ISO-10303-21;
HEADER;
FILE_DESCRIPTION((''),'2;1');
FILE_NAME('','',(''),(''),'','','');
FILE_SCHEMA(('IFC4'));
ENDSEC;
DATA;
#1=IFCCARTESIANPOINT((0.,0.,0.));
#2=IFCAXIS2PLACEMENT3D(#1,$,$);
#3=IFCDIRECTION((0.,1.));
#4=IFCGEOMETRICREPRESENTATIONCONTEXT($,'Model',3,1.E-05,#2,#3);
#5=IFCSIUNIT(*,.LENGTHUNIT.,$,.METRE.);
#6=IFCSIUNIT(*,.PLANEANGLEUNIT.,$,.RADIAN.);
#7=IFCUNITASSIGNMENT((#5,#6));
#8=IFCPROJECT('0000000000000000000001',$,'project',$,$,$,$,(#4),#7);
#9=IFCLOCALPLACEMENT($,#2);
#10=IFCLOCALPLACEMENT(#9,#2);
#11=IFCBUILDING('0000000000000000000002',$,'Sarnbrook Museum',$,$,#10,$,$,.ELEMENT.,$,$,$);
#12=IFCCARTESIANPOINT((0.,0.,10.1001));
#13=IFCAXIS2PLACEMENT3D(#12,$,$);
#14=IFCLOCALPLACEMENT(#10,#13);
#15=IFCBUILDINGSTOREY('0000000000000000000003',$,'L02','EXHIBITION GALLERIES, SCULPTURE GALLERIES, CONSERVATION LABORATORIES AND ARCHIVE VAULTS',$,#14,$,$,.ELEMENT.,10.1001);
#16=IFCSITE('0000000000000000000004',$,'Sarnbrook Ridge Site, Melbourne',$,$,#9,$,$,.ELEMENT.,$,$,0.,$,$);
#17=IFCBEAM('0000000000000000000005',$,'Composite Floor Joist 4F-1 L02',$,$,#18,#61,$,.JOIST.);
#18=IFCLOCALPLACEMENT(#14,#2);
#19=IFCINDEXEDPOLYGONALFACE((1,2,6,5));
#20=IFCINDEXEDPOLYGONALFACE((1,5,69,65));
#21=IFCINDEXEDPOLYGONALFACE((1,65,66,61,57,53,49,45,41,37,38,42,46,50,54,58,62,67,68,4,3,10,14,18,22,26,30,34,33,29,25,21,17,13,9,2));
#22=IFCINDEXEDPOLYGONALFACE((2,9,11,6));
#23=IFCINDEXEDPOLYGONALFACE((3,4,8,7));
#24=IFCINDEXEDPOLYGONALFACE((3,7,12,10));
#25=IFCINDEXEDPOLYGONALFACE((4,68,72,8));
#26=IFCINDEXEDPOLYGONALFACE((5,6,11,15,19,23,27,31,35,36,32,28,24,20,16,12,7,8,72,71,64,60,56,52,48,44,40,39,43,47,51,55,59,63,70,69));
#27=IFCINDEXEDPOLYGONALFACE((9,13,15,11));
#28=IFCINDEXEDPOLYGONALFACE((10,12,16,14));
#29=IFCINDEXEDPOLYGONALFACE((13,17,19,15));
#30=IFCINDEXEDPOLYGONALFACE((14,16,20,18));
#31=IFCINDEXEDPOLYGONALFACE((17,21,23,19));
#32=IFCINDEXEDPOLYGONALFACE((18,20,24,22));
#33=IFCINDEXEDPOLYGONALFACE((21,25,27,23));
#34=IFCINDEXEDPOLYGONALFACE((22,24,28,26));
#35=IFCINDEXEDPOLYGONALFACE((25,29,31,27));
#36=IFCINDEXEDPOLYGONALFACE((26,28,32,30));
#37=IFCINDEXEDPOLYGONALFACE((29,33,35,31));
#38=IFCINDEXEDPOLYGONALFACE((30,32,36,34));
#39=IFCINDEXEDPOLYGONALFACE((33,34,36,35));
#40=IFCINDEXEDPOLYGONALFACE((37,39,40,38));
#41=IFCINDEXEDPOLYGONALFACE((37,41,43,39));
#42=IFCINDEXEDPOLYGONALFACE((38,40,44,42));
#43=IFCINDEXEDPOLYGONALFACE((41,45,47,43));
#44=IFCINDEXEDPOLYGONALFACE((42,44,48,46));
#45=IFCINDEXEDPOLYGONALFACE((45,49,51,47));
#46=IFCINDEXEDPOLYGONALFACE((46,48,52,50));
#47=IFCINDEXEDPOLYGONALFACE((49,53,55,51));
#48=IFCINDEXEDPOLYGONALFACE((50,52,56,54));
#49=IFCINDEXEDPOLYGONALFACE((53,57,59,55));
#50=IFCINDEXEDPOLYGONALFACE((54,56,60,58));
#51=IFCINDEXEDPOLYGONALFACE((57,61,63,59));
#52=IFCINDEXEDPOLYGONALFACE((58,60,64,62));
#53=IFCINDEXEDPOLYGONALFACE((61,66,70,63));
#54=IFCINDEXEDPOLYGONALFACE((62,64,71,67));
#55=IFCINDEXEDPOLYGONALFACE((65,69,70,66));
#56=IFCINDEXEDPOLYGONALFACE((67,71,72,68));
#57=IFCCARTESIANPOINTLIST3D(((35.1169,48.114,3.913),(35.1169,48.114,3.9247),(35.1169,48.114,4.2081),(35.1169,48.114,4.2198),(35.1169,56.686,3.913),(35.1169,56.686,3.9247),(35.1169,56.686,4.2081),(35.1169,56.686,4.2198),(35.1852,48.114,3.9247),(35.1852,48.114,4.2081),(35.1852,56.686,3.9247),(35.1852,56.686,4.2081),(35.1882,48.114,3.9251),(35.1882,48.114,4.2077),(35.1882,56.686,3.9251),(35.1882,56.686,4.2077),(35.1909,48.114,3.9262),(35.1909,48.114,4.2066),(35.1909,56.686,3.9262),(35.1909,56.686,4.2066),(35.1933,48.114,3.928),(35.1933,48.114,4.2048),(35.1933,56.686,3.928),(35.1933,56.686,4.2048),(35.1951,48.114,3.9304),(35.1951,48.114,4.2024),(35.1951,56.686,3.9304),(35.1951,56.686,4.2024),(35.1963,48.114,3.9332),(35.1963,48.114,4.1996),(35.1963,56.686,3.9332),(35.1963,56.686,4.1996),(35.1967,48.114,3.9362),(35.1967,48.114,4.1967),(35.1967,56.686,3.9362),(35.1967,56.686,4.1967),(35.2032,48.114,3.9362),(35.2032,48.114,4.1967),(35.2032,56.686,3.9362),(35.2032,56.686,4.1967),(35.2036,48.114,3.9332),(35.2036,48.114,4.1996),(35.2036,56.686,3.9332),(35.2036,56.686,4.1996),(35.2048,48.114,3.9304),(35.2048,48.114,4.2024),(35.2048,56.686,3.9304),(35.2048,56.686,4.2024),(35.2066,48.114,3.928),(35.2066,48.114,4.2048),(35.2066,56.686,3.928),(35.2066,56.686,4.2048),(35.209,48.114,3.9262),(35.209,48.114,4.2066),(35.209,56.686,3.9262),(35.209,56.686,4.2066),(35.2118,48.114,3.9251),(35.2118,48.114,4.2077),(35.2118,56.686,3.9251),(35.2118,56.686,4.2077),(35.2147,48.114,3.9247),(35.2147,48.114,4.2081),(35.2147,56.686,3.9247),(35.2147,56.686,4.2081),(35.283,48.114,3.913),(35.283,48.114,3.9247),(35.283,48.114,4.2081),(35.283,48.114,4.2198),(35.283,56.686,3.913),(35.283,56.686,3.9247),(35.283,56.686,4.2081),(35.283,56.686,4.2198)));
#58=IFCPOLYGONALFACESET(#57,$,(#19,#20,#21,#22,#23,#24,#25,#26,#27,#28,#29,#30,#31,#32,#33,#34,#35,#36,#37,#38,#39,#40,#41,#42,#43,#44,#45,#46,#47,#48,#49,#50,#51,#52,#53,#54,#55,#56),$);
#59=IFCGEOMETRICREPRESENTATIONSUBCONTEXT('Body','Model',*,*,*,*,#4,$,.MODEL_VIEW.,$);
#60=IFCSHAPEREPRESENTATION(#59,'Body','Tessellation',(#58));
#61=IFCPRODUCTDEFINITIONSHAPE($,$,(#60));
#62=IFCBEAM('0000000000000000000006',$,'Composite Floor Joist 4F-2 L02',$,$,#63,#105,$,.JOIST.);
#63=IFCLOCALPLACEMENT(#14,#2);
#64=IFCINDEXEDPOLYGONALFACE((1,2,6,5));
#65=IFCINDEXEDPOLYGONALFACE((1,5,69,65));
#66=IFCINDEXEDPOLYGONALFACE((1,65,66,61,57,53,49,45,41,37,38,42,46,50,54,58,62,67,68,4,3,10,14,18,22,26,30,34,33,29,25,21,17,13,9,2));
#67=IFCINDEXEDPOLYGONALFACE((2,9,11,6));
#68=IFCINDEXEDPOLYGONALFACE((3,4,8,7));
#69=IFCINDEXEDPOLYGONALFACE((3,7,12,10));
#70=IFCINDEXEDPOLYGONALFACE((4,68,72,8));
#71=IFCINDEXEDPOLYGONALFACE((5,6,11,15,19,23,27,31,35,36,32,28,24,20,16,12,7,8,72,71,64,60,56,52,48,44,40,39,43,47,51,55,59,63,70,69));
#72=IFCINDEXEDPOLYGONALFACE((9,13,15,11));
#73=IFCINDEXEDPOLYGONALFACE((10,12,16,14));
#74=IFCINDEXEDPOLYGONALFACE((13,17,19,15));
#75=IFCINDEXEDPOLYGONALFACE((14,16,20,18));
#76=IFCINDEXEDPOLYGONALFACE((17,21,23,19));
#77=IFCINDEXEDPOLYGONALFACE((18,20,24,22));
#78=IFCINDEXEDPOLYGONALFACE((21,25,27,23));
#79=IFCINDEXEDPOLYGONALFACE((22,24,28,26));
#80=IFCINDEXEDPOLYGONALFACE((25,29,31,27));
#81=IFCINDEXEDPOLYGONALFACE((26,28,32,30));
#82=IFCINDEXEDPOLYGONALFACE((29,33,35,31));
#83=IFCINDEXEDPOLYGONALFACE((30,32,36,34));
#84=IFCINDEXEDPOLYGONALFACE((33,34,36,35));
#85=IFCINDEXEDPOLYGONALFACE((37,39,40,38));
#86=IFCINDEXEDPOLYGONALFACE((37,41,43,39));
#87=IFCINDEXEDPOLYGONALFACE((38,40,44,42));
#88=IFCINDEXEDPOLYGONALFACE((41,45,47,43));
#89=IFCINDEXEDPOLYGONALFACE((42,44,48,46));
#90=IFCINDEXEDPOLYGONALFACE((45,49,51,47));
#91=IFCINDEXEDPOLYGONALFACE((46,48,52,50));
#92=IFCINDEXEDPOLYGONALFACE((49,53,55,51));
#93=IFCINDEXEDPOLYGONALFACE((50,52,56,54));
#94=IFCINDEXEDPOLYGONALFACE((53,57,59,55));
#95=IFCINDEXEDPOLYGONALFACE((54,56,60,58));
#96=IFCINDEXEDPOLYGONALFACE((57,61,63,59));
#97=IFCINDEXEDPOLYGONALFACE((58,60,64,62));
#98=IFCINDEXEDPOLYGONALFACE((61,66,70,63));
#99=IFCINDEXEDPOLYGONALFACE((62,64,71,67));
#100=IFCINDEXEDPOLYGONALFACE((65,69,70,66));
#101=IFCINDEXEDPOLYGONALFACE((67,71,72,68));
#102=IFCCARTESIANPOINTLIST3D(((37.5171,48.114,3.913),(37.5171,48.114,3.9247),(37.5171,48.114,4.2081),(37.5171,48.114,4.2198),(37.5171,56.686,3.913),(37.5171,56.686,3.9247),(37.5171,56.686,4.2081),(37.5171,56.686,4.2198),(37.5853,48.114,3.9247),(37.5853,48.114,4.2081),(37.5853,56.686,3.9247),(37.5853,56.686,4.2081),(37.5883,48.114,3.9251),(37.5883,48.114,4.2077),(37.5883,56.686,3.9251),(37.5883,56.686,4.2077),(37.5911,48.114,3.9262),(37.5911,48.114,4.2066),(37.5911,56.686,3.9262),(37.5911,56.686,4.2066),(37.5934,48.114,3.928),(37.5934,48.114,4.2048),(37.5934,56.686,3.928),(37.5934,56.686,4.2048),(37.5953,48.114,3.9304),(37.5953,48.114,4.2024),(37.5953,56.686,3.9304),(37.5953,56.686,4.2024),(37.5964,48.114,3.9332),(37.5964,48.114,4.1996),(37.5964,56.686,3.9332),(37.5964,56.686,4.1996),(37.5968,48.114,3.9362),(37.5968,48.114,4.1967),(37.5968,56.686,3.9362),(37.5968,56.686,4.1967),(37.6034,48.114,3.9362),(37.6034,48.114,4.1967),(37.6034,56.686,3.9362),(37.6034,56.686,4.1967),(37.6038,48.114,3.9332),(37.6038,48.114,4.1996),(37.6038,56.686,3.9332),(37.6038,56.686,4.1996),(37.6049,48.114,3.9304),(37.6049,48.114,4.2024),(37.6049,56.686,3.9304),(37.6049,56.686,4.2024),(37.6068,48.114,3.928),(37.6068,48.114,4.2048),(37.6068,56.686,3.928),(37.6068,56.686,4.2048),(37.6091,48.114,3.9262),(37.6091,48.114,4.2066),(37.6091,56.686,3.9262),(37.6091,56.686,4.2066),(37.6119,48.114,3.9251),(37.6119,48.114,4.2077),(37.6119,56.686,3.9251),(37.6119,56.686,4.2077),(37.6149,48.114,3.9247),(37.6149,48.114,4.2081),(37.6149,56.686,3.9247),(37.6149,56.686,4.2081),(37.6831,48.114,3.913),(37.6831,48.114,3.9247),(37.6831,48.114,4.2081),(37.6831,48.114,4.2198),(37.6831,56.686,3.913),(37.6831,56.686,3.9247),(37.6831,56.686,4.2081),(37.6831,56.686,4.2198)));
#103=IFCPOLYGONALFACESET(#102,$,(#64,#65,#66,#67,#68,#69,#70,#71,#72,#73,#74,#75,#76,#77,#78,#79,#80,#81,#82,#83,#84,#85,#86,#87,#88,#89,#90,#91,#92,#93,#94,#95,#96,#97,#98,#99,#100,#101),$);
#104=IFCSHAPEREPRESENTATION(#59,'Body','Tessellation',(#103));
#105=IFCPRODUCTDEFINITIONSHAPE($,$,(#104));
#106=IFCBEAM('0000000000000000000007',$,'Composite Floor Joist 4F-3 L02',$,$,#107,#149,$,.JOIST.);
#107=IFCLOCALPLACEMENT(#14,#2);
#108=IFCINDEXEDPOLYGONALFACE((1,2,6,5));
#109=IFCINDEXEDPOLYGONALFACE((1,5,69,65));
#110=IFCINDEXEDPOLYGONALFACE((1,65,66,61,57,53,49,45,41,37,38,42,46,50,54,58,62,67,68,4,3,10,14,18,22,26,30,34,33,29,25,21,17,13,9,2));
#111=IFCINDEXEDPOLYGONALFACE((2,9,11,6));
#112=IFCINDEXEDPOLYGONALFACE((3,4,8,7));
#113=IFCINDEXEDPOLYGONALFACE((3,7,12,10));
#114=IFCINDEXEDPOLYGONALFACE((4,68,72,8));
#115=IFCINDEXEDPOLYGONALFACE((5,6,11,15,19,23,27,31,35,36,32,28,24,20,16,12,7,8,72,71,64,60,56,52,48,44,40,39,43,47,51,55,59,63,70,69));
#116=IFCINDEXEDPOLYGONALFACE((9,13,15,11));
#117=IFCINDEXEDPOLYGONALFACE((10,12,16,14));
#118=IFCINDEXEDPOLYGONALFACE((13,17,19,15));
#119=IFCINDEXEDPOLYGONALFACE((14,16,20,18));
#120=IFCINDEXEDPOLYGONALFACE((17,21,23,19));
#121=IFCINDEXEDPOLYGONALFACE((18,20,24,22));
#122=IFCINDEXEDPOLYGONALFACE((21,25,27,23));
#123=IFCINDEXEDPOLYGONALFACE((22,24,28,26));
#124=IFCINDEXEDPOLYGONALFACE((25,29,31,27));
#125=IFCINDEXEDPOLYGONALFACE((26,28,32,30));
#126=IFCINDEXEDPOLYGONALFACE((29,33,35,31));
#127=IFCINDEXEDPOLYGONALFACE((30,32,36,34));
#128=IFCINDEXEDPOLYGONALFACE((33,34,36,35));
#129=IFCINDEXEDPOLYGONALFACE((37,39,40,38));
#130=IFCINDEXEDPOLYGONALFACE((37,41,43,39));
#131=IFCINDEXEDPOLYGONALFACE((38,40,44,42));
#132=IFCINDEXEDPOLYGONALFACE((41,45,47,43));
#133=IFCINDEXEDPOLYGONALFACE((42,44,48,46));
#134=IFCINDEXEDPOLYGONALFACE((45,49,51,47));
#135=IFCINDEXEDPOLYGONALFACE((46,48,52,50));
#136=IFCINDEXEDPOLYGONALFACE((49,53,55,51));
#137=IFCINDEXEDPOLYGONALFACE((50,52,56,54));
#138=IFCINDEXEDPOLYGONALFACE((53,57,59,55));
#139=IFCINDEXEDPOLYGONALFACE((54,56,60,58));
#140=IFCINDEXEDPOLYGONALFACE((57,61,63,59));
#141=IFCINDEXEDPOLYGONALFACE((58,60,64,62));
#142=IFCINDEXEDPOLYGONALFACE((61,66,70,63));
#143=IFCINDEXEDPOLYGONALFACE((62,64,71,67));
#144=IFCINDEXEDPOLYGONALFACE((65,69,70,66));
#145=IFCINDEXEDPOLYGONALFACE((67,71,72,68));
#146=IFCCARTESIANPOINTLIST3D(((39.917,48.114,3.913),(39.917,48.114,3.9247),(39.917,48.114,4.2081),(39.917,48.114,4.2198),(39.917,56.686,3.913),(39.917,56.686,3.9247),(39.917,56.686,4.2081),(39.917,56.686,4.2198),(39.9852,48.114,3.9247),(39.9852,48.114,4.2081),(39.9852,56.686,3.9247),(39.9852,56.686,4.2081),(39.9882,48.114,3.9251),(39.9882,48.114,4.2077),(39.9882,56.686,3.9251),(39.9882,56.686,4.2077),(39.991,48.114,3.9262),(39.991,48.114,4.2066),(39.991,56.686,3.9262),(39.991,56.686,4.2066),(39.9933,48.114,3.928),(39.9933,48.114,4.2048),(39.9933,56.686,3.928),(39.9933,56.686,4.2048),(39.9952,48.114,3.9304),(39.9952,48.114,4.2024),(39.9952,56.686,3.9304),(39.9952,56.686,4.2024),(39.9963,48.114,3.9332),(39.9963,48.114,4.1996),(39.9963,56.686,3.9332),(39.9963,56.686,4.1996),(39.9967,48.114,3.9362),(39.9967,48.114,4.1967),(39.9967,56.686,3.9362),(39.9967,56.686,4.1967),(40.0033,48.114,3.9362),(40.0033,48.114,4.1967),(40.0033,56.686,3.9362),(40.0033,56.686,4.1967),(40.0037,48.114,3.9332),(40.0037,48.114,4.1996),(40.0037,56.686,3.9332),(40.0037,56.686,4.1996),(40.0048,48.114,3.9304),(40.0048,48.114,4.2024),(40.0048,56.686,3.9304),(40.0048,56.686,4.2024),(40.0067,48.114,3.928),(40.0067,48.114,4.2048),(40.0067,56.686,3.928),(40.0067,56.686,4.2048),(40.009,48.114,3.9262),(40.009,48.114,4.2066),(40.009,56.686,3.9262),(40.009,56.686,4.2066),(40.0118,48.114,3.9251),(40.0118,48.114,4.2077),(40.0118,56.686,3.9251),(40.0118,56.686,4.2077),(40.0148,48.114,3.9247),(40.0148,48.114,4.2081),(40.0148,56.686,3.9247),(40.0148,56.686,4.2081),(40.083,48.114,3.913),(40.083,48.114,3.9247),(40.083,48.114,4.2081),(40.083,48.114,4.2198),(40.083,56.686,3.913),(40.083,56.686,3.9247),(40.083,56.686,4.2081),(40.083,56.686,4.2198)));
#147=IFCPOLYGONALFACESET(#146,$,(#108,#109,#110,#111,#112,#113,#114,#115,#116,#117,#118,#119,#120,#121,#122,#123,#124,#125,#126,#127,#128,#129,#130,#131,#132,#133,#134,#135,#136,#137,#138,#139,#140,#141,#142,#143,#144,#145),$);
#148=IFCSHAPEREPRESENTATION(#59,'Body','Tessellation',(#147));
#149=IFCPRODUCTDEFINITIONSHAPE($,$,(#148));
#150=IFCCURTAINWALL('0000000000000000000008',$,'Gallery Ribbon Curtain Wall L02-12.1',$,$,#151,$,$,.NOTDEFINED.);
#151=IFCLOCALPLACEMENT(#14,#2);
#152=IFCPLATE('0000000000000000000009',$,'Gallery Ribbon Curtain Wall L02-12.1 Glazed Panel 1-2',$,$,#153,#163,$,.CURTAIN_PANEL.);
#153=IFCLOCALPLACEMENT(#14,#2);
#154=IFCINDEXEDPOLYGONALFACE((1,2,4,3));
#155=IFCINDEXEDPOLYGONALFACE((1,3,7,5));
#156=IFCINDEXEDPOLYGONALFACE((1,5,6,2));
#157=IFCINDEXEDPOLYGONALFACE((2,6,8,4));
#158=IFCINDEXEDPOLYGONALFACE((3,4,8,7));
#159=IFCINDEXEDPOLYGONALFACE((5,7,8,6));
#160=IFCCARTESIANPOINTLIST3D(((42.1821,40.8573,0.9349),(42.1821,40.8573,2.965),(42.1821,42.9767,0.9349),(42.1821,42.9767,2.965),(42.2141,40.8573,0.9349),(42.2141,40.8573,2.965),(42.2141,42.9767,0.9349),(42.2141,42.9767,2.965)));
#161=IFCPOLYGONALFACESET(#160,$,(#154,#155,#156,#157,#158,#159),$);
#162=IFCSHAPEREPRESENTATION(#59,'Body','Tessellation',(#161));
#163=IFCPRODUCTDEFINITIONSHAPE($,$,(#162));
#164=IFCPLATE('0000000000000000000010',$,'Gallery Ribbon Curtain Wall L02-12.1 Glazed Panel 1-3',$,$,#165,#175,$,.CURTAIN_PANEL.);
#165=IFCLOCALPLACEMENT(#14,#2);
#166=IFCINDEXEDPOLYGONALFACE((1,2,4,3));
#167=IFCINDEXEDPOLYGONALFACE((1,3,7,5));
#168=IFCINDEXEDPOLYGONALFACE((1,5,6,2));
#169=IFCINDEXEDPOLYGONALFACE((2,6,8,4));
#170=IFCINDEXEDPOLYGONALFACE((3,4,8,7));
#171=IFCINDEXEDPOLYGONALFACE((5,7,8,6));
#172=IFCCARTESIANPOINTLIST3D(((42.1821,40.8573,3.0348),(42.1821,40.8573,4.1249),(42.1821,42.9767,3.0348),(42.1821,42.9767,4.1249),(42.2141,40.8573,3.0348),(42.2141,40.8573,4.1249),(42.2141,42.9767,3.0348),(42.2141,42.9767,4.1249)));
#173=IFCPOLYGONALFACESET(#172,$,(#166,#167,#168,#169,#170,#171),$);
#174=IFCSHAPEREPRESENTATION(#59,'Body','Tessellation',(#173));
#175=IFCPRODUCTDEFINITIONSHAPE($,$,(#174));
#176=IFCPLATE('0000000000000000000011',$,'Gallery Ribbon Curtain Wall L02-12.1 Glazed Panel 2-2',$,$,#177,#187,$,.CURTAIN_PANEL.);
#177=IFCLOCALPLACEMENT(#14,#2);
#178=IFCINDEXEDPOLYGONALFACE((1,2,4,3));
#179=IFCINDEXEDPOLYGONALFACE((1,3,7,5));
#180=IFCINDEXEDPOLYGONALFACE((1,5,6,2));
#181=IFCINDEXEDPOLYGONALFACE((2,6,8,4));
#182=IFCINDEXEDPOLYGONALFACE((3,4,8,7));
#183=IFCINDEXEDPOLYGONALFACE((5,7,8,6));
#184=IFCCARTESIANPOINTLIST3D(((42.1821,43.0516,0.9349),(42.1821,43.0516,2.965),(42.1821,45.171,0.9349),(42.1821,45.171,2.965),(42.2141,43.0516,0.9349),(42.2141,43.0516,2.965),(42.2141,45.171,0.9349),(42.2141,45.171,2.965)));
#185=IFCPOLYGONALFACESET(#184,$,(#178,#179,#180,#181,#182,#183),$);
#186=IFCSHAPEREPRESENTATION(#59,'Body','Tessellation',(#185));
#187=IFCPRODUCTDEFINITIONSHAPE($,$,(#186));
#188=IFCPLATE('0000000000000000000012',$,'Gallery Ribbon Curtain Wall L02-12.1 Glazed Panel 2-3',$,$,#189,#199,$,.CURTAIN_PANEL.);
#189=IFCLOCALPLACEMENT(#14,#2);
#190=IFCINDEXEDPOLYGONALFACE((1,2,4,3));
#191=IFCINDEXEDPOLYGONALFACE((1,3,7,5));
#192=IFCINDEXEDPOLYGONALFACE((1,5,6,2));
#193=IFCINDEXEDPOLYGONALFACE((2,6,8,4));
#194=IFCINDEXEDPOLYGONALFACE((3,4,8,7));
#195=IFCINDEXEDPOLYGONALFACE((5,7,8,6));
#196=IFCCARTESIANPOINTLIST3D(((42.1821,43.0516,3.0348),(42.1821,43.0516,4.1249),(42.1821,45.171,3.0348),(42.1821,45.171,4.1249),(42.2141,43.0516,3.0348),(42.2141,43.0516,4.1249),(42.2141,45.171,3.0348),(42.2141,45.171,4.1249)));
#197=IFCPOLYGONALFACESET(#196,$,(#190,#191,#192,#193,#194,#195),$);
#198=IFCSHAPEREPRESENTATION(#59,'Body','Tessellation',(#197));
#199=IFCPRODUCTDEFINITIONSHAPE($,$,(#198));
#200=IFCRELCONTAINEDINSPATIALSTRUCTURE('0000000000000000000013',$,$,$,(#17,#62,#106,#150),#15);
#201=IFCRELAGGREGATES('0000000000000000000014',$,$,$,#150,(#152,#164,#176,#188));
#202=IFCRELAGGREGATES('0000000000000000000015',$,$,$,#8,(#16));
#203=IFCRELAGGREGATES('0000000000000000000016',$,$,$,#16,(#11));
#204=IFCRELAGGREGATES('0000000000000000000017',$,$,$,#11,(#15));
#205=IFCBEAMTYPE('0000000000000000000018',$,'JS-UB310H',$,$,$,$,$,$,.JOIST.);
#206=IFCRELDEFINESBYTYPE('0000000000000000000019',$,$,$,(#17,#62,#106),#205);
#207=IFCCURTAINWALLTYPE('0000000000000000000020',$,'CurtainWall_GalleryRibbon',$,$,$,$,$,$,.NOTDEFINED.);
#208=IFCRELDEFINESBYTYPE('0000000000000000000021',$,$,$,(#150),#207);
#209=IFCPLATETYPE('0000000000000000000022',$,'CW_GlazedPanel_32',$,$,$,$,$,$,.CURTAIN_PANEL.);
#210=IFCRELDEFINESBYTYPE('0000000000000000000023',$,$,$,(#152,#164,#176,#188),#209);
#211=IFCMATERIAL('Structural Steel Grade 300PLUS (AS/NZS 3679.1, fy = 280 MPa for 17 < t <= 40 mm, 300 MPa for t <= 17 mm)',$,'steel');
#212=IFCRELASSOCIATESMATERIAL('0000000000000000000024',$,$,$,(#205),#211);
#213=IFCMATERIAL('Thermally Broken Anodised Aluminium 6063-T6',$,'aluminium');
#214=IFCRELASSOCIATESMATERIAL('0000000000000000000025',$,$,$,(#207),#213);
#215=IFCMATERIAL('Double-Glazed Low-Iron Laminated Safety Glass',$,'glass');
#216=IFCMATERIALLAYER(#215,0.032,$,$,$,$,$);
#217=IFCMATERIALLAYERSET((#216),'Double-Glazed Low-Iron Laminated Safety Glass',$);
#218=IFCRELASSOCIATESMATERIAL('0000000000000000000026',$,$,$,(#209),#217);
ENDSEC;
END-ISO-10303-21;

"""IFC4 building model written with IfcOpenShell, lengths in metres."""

from ifc_helpers import new_model, si_unit, direction, frame, origin, origin_2d, place, context, subcontext, project, spatial, rectangle, i_section, extrude, material, layer, layer_set, material_profile, profile_set, type_object, element, aggregate, save


model = new_model("IFC4")

# Units and contexts
model_context = context("Model", 3, precision=1e-05, world=origin(), true_north=direction((0.0, 1.0)))
body_context = subcontext(model_context, "Body", "Model", "MODEL_VIEW")
ifc_project = project(units=[si_unit("LENGTHUNIT", "METRE"), si_unit("PLANEANGLEUNIT", "RADIAN")], contexts=[model_context])

# Site, building, storey
site_placement = place(None, origin())
site = spatial("IfcSite", under=ifc_project, at=site_placement, Name="Sarnbrook Ridge Site, Melbourne", CompositionType="ELEMENT", RefElevation=0.0)
building_placement = place(site_placement, origin())
building = spatial("IfcBuilding", under=site, at=building_placement, Name="Sarnbrook Museum", CompositionType="ELEMENT")
storey_placement = place(building_placement, frame((0.0, 0.0, 10.1001)))
storey = spatial("IfcBuildingStorey", under=building, at=storey_placement, Name="L02", Description="EXHIBITION GALLERIES, SCULPTURE GALLERIES, CONSERVATION LABORATORIES AND ARCHIVE VAULTS", CompositionType="ELEMENT", Elevation=10.1001)

# Shared definitions
ifc_material_1 = material(Name="Structural Steel Grade 300PLUS (AS/NZS 3679.1, fy = 280 MPa for 17 < t <= 40 mm, 300 MPa for t <= 17 mm)", Category="steel")

# Beams
ifc_material_profile_1 = material_profile(ifc_material_1, i_section(OverallWidth=0.166, OverallDepth=0.3069, WebThickness=0.0066, FlangeThickness=0.0117, FilletRadius=0.0115, at=origin_2d()), Name="310UB46.2")
ifc_profile_set_1 = profile_set([ifc_material_profile_1], Name="Structural Steel Grade 300PLUS (AS/NZS 3679.1, fy = 280 MPa for 17 < t <= 40 mm, 300 MPa for t <= 17 mm)")
beam_type_1 = type_object("IfcBeamType", Name="JS-UB310H", PredefinedType="JOIST", material=ifc_profile_set_1)
for number, where, z_axis, x_axis, name in (
    (1, (35.2, 48.114, 4.0664), (0.0, 1.0, 0.0), (-1.0, 0.0, 0.0), "Composite Floor Joist 4F-1 L02"),
    (2, (37.6001, 48.114, 4.0664), (0.0, 1.0, 0.0), (-1.0, 0.0, 0.0), "Composite Floor Joist 4F-2 L02"),
    (3, (40.0, 48.114, 4.0664), (0.0, 1.0, 0.0), (-1.0, 0.0, 0.0), "Composite Floor Joist 4F-3 L02"),
):
    element("IfcBeam", number, at=place(storey_placement, frame(where, z_axis=z_axis, x_axis=x_axis)), inside=storey, type_object=beam_type_1, Name=name, PredefinedType="JOIST", context=body_context, shape_type="SweptSolid", body=[
        extrude(i_section(OverallWidth=0.166, OverallDepth=0.3069, WebThickness=0.0066, FlangeThickness=0.0117, FilletRadius=0.0115, at=origin_2d()), origin(), (0.0, 0.0, 1.0), 8.572),
    ])

# Curtain wall, plates
ifc_material_2 = material(Name="Thermally Broken Anodised Aluminium 6063-T6", Category="aluminium")
curtain_wall_type = type_object("IfcCurtainWallType", Name="CurtainWall_GalleryRibbon", PredefinedType="NOTDEFINED", material=ifc_material_2)
curtain_wall_placement = place(storey_placement, origin())
curtain_wall = element("IfcCurtainWall", 4, at=curtain_wall_placement, inside=storey, type_object=curtain_wall_type, Name="Gallery Ribbon Curtain Wall L02-12.1", PredefinedType="NOTDEFINED")
ifc_material_3 = material(Name="Double-Glazed Low-Iron Laminated Safety Glass", Category="glass")
ifc_layer_1 = layer(ifc_material_3, 0.032)
ifc_layer_set_1 = layer_set([ifc_layer_1], Name="Double-Glazed Low-Iron Laminated Safety Glass")
plate_type_1 = type_object("IfcPlateType", Name="CW_GlazedPanel_32", PredefinedType="CURTAIN_PANEL", material=ifc_layer_set_1)
plate_1_placement = place(storey_placement, frame((42.1821, 41.917, 1.95), z_axis=(1.0, 0.0, 0.0), x_axis=(0.0, 1.0, 0.0)))
plate_1 = element("IfcPlate", 5, at=plate_1_placement, type_object=plate_type_1, Name="Gallery Ribbon Curtain Wall L02-12.1 Glazed Panel 1-2", PredefinedType="CURTAIN_PANEL", context=body_context, shape_type="SweptSolid", body=[
    extrude(rectangle(XDim=2.1194, YDim=2.03, at=origin_2d()), origin(), (0.0, 0.0, 1.0), 0.032),
])
plate_2_placement = place(storey_placement, frame((42.1821, 41.917, 3.5798), z_axis=(1.0, 0.0, 0.0), x_axis=(0.0, 1.0, 0.0)))
plate_2 = element("IfcPlate", 6, at=plate_2_placement, type_object=plate_type_1, Name="Gallery Ribbon Curtain Wall L02-12.1 Glazed Panel 1-3", PredefinedType="CURTAIN_PANEL", context=body_context, shape_type="SweptSolid", body=[
    extrude(rectangle(XDim=2.1194, YDim=1.0901, at=origin_2d()), origin(), (0.0, 0.0, 1.0), 0.032),
])
plate_3_placement = place(storey_placement, frame((42.1821, 44.1113, 1.95), z_axis=(1.0, 0.0, 0.0), x_axis=(0.0, 1.0, 0.0)))
plate_3 = element("IfcPlate", 7, at=plate_3_placement, type_object=plate_type_1, Name="Gallery Ribbon Curtain Wall L02-12.1 Glazed Panel 2-2", PredefinedType="CURTAIN_PANEL", context=body_context, shape_type="SweptSolid", body=[
    extrude(rectangle(XDim=2.1194, YDim=2.03, at=origin_2d()), origin(), (0.0, 0.0, 1.0), 0.032),
])
plate_4_placement = place(storey_placement, frame((42.1821, 44.1113, 3.5798), z_axis=(1.0, 0.0, 0.0), x_axis=(0.0, 1.0, 0.0)))
plate_4 = element("IfcPlate", 8, at=plate_4_placement, type_object=plate_type_1, Name="Gallery Ribbon Curtain Wall L02-12.1 Glazed Panel 2-3", PredefinedType="CURTAIN_PANEL", context=body_context, shape_type="SweptSolid", body=[
    extrude(rectangle(XDim=2.1194, YDim=1.0901, at=origin_2d()), origin(), (0.0, 0.0, 1.0), 0.032),
])
aggregate(curtain_wall, [plate_1, plate_2, plate_3, plate_4])

save(model, "model.ifc")
